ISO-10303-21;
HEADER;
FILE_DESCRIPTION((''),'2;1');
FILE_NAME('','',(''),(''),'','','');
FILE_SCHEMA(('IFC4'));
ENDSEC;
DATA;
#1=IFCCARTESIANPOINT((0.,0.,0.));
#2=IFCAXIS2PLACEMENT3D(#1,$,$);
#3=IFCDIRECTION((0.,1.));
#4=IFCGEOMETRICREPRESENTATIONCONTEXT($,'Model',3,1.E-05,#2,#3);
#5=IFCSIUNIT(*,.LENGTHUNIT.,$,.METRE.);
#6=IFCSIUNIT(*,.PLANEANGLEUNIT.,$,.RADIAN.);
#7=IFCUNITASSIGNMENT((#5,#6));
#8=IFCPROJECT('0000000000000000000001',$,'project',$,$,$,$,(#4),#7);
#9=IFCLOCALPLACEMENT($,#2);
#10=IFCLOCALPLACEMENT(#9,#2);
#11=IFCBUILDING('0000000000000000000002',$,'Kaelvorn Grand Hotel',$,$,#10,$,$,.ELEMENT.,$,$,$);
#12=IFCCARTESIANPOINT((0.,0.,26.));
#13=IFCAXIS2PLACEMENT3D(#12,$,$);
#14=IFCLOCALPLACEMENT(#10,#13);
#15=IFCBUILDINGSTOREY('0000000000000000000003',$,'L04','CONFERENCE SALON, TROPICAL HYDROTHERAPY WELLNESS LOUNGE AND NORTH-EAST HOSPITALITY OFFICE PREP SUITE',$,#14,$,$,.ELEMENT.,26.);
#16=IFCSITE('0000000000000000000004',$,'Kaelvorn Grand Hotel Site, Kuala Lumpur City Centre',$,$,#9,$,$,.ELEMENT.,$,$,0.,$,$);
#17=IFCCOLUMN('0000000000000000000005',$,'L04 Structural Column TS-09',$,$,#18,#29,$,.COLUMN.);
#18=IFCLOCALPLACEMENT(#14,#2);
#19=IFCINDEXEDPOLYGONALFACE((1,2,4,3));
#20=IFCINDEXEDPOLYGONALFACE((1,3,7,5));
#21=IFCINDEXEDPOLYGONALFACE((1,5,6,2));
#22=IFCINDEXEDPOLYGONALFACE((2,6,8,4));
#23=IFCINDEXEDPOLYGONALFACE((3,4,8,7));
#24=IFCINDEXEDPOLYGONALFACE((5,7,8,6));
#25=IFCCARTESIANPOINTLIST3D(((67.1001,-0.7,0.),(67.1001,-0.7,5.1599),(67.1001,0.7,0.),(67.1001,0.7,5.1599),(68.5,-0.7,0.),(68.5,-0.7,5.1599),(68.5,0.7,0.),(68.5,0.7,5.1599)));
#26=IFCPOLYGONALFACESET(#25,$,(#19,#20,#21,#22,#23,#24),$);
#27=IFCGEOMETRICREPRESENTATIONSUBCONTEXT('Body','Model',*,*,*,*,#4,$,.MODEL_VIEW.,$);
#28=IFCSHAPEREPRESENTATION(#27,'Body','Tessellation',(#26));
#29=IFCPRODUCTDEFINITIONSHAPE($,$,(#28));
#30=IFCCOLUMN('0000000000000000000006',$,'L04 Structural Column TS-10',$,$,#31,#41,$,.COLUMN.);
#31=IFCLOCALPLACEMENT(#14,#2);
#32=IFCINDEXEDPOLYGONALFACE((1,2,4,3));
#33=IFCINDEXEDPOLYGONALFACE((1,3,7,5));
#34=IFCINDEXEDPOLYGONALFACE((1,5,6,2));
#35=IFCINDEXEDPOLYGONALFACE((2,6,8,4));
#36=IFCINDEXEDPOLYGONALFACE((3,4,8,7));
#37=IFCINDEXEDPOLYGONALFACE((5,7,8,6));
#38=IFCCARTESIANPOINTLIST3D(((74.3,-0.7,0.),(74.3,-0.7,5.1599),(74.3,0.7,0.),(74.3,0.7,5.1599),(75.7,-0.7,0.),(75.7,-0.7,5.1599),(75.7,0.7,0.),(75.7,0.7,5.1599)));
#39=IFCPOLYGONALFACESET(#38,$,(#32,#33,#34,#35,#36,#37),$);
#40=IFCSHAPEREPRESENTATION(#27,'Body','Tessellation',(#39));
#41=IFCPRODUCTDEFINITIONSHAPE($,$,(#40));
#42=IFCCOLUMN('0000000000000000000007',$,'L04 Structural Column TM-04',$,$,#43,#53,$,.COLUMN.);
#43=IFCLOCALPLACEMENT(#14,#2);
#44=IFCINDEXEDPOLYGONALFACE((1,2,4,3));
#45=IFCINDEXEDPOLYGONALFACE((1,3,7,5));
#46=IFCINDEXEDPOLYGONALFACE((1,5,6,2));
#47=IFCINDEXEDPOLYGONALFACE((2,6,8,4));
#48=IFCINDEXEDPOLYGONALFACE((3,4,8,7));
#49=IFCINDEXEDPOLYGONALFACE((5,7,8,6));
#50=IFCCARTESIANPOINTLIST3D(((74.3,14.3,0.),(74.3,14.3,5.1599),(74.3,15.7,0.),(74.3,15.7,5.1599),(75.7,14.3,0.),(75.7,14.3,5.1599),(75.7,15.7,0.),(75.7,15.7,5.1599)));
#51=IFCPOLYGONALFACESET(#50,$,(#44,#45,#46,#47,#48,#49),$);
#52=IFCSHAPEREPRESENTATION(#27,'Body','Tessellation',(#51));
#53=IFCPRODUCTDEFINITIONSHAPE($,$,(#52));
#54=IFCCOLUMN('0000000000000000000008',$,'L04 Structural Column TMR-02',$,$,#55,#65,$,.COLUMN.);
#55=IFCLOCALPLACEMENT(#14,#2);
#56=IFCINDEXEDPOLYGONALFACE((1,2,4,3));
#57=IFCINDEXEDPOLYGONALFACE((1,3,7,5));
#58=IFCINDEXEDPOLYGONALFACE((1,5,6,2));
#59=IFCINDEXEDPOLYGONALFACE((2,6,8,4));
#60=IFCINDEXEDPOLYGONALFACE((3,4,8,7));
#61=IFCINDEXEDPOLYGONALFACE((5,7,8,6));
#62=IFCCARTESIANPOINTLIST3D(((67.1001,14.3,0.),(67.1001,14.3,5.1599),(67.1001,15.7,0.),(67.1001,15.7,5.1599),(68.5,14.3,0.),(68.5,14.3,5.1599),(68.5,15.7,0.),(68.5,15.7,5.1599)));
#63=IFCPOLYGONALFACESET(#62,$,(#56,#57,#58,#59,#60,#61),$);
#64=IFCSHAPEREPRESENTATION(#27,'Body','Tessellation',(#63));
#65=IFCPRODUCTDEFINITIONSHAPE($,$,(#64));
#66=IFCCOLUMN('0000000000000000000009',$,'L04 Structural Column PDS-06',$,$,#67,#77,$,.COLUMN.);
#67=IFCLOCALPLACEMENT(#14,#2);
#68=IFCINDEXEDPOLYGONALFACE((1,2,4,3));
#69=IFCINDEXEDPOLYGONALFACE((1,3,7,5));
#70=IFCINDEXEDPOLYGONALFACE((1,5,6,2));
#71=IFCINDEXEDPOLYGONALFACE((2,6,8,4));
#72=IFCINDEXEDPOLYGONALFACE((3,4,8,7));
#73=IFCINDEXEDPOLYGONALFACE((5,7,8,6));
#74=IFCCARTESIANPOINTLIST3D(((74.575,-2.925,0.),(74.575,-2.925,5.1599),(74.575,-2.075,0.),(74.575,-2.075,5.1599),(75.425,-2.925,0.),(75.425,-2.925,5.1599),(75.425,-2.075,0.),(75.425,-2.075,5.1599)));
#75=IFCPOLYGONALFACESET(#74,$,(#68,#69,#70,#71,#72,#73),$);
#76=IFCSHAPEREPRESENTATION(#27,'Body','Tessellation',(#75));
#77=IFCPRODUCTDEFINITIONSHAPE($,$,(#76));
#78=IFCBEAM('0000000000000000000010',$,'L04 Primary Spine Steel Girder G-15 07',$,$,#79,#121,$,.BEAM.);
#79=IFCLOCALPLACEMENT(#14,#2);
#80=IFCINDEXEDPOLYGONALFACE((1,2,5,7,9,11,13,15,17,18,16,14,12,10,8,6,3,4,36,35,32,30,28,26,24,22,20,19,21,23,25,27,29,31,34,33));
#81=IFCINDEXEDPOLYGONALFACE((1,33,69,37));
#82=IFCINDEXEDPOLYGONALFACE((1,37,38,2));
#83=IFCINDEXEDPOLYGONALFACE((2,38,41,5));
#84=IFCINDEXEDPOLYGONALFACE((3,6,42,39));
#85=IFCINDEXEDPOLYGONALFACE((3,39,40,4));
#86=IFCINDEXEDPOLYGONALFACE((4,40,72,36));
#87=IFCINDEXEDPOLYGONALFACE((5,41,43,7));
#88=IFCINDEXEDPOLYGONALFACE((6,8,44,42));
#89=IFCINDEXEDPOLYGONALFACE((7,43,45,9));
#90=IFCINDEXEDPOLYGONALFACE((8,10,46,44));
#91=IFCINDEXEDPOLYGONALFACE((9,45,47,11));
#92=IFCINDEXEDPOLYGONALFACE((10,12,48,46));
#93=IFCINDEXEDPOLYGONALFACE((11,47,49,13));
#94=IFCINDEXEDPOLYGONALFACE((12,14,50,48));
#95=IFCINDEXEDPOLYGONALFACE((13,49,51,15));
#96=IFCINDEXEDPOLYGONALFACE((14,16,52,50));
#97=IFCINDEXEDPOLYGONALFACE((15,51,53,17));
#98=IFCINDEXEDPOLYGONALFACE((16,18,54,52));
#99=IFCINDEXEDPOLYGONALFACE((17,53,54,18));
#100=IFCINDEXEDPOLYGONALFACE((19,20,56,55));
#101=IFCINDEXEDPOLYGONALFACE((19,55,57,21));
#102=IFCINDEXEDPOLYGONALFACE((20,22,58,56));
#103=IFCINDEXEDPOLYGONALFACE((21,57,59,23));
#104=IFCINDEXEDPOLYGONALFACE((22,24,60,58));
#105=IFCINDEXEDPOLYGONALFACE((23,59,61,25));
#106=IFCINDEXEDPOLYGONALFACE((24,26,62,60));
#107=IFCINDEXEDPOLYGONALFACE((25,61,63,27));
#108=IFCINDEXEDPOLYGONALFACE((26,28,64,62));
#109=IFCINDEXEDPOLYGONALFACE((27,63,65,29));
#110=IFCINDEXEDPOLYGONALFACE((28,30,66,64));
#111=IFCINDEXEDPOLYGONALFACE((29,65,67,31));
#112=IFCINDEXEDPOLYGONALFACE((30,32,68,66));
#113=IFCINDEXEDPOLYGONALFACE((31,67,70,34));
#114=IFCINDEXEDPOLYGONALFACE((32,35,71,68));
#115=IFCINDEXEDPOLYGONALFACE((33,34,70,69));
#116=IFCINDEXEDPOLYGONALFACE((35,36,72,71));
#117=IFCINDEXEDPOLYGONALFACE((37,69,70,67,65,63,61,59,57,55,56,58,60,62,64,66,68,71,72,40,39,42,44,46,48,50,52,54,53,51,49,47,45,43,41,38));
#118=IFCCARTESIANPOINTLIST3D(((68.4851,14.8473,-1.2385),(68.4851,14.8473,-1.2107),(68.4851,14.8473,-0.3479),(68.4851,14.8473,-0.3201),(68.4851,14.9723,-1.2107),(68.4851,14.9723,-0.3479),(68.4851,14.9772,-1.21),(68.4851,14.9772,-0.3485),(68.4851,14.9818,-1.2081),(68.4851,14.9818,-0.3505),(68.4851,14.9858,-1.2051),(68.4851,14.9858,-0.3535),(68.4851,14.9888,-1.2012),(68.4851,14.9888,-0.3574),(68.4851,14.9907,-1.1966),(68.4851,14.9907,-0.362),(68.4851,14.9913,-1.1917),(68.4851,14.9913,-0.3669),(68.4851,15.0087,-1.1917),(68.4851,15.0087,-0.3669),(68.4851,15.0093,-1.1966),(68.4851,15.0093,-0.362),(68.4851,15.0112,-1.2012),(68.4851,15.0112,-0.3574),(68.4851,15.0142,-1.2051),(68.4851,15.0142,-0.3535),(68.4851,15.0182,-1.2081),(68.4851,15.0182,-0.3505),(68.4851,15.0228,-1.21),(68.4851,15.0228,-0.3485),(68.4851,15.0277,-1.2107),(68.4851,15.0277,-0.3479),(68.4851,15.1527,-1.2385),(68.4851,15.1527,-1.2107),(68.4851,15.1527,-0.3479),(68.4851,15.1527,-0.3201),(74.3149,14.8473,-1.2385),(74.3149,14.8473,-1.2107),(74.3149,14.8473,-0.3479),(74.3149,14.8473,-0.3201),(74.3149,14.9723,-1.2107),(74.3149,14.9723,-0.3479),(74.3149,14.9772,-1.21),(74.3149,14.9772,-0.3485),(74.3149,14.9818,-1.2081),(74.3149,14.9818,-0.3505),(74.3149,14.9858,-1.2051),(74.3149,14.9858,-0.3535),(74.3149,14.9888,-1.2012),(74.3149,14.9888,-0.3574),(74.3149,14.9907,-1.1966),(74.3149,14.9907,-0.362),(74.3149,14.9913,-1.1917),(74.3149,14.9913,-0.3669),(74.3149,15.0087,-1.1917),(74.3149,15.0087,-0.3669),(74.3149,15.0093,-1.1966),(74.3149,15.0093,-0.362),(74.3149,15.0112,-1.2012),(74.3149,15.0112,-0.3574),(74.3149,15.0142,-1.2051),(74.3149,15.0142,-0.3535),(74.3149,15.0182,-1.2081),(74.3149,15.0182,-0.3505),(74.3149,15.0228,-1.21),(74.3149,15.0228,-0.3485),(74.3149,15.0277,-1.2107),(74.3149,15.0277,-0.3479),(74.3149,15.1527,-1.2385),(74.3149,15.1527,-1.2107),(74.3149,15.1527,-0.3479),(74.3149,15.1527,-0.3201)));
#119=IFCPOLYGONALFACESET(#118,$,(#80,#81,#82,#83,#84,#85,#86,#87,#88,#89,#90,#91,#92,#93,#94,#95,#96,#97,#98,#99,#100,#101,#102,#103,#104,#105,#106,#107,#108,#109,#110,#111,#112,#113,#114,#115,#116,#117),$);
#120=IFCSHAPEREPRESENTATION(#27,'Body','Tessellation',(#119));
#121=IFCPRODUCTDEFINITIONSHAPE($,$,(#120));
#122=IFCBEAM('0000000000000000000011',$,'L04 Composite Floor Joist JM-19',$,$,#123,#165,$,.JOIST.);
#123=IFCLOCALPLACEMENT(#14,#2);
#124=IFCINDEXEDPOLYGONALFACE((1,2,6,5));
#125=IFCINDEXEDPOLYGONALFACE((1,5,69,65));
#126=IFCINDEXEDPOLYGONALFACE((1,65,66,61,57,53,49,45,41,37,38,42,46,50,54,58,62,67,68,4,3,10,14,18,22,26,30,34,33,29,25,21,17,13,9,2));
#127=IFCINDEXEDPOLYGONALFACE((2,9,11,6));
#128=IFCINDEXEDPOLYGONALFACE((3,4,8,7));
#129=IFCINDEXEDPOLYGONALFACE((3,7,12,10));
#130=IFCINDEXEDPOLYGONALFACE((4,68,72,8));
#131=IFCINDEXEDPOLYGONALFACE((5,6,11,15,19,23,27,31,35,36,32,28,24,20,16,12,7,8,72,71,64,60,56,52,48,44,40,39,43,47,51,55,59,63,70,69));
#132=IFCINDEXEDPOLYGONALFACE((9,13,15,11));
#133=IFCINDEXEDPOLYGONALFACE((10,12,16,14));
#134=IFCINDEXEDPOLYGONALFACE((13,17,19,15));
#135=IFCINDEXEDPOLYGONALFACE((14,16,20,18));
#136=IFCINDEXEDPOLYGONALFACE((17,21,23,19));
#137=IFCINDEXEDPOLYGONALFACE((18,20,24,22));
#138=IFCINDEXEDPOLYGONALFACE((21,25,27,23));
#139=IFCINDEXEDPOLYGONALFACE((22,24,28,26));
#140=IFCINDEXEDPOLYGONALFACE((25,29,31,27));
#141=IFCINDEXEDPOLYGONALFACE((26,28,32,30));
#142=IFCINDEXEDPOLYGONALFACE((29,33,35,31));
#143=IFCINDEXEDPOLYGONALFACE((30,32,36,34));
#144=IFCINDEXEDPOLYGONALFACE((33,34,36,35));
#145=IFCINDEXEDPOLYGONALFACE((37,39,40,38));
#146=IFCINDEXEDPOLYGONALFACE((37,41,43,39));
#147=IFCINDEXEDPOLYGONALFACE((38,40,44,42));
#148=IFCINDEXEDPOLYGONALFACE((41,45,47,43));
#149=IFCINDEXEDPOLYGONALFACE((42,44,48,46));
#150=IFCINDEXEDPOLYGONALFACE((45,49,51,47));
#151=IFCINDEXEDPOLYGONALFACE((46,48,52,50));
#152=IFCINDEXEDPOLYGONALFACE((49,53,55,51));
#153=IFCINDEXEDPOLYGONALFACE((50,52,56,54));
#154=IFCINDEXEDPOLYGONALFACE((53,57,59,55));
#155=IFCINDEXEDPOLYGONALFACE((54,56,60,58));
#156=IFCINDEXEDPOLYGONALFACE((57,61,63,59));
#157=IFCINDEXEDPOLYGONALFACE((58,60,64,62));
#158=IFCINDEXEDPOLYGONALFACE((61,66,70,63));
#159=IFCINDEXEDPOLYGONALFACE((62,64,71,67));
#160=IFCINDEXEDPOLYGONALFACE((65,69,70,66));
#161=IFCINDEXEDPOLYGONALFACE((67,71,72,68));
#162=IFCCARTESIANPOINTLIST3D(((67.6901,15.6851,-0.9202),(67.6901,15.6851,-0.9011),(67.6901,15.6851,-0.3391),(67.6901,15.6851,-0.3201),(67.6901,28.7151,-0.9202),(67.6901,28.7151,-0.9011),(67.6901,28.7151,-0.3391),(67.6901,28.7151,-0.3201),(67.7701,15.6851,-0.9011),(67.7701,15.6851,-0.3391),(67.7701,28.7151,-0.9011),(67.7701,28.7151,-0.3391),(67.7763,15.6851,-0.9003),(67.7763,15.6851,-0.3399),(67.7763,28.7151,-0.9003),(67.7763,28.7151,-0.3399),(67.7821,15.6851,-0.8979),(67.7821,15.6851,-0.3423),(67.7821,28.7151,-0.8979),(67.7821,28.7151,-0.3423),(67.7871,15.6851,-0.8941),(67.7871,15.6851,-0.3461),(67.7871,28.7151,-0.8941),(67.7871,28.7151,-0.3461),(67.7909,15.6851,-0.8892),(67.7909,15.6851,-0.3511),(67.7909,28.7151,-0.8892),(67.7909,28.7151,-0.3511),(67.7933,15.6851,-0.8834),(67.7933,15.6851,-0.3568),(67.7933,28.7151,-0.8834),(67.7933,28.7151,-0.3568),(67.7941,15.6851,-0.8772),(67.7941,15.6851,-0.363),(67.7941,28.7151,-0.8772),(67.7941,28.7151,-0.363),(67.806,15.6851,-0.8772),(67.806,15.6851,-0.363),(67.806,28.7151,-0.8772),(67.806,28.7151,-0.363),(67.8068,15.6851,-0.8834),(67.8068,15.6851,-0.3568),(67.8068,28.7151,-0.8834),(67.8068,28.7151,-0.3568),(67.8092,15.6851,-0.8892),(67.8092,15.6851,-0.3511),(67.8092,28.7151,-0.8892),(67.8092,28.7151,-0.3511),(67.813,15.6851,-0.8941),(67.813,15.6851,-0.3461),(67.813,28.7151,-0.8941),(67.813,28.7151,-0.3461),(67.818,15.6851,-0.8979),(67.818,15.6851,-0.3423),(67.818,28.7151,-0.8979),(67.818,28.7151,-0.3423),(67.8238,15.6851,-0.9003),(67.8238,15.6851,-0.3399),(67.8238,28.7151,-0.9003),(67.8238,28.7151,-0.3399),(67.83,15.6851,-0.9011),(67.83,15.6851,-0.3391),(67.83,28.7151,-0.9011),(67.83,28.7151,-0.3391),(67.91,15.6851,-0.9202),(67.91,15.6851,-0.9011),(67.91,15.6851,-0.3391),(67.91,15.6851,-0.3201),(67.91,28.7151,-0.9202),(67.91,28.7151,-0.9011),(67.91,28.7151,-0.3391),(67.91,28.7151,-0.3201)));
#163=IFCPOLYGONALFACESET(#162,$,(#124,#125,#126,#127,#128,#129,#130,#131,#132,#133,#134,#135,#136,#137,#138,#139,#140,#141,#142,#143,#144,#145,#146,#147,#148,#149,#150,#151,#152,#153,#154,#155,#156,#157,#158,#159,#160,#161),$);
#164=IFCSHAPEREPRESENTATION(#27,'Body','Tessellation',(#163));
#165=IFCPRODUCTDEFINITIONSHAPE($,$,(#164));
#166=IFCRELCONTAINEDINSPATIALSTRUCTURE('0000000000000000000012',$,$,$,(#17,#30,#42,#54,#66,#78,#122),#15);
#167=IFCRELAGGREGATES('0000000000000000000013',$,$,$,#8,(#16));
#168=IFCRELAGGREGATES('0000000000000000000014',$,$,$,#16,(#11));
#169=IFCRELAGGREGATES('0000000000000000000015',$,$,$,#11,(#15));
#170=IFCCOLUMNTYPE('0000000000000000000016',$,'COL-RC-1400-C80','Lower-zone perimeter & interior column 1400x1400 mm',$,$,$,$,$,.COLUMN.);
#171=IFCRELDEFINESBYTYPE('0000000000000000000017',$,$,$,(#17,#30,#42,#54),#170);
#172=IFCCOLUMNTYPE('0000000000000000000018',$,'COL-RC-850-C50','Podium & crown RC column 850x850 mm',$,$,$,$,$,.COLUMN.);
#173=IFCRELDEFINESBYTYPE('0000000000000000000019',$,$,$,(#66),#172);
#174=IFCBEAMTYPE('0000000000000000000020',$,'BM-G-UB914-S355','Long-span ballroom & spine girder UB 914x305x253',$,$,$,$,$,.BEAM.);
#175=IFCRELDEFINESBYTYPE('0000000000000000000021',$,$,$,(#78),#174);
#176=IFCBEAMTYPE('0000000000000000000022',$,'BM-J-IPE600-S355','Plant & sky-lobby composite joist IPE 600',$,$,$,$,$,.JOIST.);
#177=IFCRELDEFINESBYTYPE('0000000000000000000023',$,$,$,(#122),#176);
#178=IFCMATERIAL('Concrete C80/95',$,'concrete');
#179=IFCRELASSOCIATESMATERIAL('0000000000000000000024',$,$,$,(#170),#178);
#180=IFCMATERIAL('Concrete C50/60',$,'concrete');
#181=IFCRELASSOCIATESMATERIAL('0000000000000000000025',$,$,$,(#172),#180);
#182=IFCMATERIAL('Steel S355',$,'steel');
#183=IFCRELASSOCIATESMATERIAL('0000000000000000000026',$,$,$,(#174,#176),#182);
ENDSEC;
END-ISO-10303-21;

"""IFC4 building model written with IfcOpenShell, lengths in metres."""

from ifc_helpers import new_model, si_unit, direction, frame, origin, origin_2d, place, context, subcontext, project, spatial, rectangle, i_section, extrude, material, material_profile, profile_set, type_object, element, save


model = new_model("IFC4")

# Units and contexts
model_context = context("Model", 3, precision=1e-05, world=origin(), true_north=direction((0.0, 1.0)))
body_context = subcontext(model_context, "Body", "Model", "MODEL_VIEW")
ifc_project = project(units=[si_unit("LENGTHUNIT", "METRE"), si_unit("PLANEANGLEUNIT", "RADIAN")], contexts=[model_context])

# Site, building, storey
site_placement = place(None, origin())
site = spatial("IfcSite", under=ifc_project, at=site_placement, Name="Kaelvorn Grand Hotel Site, Kuala Lumpur City Centre", CompositionType="ELEMENT", RefElevation=0.0)
building_placement = place(site_placement, origin())
building = spatial("IfcBuilding", under=site, at=building_placement, Name="Kaelvorn Grand Hotel", CompositionType="ELEMENT")
storey_placement = place(building_placement, frame((0.0, 0.0, 26.0)))
storey = spatial("IfcBuildingStorey", under=building, at=storey_placement, Name="L04", Description="CONFERENCE SALON, TROPICAL HYDROTHERAPY WELLNESS LOUNGE AND NORTH-EAST HOSPITALITY OFFICE PREP SUITE", CompositionType="ELEMENT", Elevation=26.0)

# Columns
ifc_material_1 = material(Name="Concrete C80/95", Category="concrete")
ifc_material_profile_1 = material_profile(ifc_material_1, rectangle(XDim=1.3999, YDim=1.3999, at=origin_2d()), Name="RC COL 1400x1400")
ifc_profile_set_1 = profile_set([ifc_material_profile_1], Name="Concrete C80/95")
column_type_1 = type_object("IfcColumnType", Name="COL-RC-1400-C80", Description="Lower-zone perimeter & interior column 1400x1400 mm", PredefinedType="COLUMN", material=ifc_profile_set_1)
for number, where, z_axis, x_axis, name in (
    (1, (67.8, 0.0, 0.0), (0.0, 0.0, 1.0), (1.0, 0.0, 0.0), "L04 Structural Column TS-09"),
    (2, (75.0, 0.0, 0.0), (0.0, 0.0, 1.0), (1.0, 0.0, 0.0), "L04 Structural Column TS-10"),
    (3, (75.0, 15.0, 0.0), (0.0, 0.0, 1.0), (1.0, 0.0, 0.0), "L04 Structural Column TM-04"),
    (4, (67.8, 15.0, 0.0), (0.0, 0.0, 1.0), (1.0, 0.0, 0.0), "L04 Structural Column TMR-02"),
):
    element("IfcColumn", number, at=place(storey_placement, frame(where, z_axis=z_axis, x_axis=x_axis)), inside=storey, type_object=column_type_1, Name=name, PredefinedType="COLUMN", context=body_context, shape_type="SweptSolid", body=[
        extrude(rectangle(XDim=1.3999, YDim=1.3999, at=origin_2d()), origin(), (0.0, 0.0, 1.0), 5.1599),
    ])
ifc_material_2 = material(Name="Concrete C50/60", Category="concrete")
ifc_material_profile_2 = material_profile(ifc_material_2, rectangle(XDim=0.8501, YDim=0.8501, at=origin_2d()), Name="RC COL 850x850")
ifc_profile_set_2 = profile_set([ifc_material_profile_2], Name="Concrete C50/60")
column_type_2 = type_object("IfcColumnType", Name="COL-RC-850-C50", Description="Podium & crown RC column 850x850 mm", PredefinedType="COLUMN", material=ifc_profile_set_2)
column_placement = place(storey_placement, frame((75.0, -2.5, 0.0), z_axis=(0.0, 0.0, 1.0), x_axis=(1.0, 0.0, 0.0)))
element("IfcColumn", 5, at=column_placement, inside=storey, type_object=column_type_2, Name="L04 Structural Column PDS-06", PredefinedType="COLUMN", context=body_context, shape_type="SweptSolid", body=[
    extrude(rectangle(XDim=0.8501, YDim=0.8501, at=origin_2d()), origin(), (0.0, 0.0, 1.0), 5.1599),
])

# Beams
ifc_material_3 = material(Name="Steel S355", Category="steel")
ifc_material_profile_3 = material_profile(ifc_material_3, i_section(OverallWidth=0.3054, OverallDepth=0.9185, WebThickness=0.0173, FlangeThickness=0.0278, FilletRadius=0.019, at=origin_2d()), Name="UB 914x305x253")
ifc_profile_set_3 = profile_set([ifc_material_profile_3], Name="Steel S355")
beam_type_1 = type_object("IfcBeamType", Name="BM-G-UB914-S355", Description="Long-span ballroom & spine girder UB 914x305x253", PredefinedType="BEAM", material=ifc_profile_set_3)
beam_1_placement = place(storey_placement, frame((68.4851, 15.0, -0.7793), z_axis=(1.0, 0.0, 0.0), x_axis=(0.0, 1.0, 0.0)))
element("IfcBeam", 6, at=beam_1_placement, inside=storey, type_object=beam_type_1, Name="L04 Primary Spine Steel Girder G-15 07", PredefinedType="BEAM", context=body_context, shape_type="SweptSolid", body=[
    extrude(i_section(OverallWidth=0.3054, OverallDepth=0.9185, WebThickness=0.0173, FlangeThickness=0.0278, FilletRadius=0.019, at=origin_2d()), origin(), (0.0, 0.0, 1.0), 5.8298),
])
ifc_material_profile_4 = material_profile(ifc_material_3, i_section(OverallWidth=0.22, OverallDepth=0.6001, WebThickness=0.012, FlangeThickness=0.019, FilletRadius=0.0239, at=origin_2d()), Name="IPE 600")
ifc_profile_set_4 = profile_set([ifc_material_profile_4], Name="Steel S355")
beam_type_2 = type_object("IfcBeamType", Name="BM-J-IPE600-S355", Description="Plant & sky-lobby composite joist IPE 600", PredefinedType="JOIST", material=ifc_profile_set_4)
beam_2_placement = place(storey_placement, frame((67.8, 15.6851, -0.6201), z_axis=(0.0, 1.0, 0.0), x_axis=(-1.0, 0.0, 0.0)))
element("IfcBeam", 7, at=beam_2_placement, inside=storey, type_object=beam_type_2, Name="L04 Composite Floor Joist JM-19", PredefinedType="JOIST", context=body_context, shape_type="SweptSolid", body=[
    extrude(i_section(OverallWidth=0.22, OverallDepth=0.6001, WebThickness=0.012, FlangeThickness=0.019, FilletRadius=0.0239, at=origin_2d()), origin(), (0.0, 0.0, 1.0), 13.03),
])

save(model, "model.ifc")
